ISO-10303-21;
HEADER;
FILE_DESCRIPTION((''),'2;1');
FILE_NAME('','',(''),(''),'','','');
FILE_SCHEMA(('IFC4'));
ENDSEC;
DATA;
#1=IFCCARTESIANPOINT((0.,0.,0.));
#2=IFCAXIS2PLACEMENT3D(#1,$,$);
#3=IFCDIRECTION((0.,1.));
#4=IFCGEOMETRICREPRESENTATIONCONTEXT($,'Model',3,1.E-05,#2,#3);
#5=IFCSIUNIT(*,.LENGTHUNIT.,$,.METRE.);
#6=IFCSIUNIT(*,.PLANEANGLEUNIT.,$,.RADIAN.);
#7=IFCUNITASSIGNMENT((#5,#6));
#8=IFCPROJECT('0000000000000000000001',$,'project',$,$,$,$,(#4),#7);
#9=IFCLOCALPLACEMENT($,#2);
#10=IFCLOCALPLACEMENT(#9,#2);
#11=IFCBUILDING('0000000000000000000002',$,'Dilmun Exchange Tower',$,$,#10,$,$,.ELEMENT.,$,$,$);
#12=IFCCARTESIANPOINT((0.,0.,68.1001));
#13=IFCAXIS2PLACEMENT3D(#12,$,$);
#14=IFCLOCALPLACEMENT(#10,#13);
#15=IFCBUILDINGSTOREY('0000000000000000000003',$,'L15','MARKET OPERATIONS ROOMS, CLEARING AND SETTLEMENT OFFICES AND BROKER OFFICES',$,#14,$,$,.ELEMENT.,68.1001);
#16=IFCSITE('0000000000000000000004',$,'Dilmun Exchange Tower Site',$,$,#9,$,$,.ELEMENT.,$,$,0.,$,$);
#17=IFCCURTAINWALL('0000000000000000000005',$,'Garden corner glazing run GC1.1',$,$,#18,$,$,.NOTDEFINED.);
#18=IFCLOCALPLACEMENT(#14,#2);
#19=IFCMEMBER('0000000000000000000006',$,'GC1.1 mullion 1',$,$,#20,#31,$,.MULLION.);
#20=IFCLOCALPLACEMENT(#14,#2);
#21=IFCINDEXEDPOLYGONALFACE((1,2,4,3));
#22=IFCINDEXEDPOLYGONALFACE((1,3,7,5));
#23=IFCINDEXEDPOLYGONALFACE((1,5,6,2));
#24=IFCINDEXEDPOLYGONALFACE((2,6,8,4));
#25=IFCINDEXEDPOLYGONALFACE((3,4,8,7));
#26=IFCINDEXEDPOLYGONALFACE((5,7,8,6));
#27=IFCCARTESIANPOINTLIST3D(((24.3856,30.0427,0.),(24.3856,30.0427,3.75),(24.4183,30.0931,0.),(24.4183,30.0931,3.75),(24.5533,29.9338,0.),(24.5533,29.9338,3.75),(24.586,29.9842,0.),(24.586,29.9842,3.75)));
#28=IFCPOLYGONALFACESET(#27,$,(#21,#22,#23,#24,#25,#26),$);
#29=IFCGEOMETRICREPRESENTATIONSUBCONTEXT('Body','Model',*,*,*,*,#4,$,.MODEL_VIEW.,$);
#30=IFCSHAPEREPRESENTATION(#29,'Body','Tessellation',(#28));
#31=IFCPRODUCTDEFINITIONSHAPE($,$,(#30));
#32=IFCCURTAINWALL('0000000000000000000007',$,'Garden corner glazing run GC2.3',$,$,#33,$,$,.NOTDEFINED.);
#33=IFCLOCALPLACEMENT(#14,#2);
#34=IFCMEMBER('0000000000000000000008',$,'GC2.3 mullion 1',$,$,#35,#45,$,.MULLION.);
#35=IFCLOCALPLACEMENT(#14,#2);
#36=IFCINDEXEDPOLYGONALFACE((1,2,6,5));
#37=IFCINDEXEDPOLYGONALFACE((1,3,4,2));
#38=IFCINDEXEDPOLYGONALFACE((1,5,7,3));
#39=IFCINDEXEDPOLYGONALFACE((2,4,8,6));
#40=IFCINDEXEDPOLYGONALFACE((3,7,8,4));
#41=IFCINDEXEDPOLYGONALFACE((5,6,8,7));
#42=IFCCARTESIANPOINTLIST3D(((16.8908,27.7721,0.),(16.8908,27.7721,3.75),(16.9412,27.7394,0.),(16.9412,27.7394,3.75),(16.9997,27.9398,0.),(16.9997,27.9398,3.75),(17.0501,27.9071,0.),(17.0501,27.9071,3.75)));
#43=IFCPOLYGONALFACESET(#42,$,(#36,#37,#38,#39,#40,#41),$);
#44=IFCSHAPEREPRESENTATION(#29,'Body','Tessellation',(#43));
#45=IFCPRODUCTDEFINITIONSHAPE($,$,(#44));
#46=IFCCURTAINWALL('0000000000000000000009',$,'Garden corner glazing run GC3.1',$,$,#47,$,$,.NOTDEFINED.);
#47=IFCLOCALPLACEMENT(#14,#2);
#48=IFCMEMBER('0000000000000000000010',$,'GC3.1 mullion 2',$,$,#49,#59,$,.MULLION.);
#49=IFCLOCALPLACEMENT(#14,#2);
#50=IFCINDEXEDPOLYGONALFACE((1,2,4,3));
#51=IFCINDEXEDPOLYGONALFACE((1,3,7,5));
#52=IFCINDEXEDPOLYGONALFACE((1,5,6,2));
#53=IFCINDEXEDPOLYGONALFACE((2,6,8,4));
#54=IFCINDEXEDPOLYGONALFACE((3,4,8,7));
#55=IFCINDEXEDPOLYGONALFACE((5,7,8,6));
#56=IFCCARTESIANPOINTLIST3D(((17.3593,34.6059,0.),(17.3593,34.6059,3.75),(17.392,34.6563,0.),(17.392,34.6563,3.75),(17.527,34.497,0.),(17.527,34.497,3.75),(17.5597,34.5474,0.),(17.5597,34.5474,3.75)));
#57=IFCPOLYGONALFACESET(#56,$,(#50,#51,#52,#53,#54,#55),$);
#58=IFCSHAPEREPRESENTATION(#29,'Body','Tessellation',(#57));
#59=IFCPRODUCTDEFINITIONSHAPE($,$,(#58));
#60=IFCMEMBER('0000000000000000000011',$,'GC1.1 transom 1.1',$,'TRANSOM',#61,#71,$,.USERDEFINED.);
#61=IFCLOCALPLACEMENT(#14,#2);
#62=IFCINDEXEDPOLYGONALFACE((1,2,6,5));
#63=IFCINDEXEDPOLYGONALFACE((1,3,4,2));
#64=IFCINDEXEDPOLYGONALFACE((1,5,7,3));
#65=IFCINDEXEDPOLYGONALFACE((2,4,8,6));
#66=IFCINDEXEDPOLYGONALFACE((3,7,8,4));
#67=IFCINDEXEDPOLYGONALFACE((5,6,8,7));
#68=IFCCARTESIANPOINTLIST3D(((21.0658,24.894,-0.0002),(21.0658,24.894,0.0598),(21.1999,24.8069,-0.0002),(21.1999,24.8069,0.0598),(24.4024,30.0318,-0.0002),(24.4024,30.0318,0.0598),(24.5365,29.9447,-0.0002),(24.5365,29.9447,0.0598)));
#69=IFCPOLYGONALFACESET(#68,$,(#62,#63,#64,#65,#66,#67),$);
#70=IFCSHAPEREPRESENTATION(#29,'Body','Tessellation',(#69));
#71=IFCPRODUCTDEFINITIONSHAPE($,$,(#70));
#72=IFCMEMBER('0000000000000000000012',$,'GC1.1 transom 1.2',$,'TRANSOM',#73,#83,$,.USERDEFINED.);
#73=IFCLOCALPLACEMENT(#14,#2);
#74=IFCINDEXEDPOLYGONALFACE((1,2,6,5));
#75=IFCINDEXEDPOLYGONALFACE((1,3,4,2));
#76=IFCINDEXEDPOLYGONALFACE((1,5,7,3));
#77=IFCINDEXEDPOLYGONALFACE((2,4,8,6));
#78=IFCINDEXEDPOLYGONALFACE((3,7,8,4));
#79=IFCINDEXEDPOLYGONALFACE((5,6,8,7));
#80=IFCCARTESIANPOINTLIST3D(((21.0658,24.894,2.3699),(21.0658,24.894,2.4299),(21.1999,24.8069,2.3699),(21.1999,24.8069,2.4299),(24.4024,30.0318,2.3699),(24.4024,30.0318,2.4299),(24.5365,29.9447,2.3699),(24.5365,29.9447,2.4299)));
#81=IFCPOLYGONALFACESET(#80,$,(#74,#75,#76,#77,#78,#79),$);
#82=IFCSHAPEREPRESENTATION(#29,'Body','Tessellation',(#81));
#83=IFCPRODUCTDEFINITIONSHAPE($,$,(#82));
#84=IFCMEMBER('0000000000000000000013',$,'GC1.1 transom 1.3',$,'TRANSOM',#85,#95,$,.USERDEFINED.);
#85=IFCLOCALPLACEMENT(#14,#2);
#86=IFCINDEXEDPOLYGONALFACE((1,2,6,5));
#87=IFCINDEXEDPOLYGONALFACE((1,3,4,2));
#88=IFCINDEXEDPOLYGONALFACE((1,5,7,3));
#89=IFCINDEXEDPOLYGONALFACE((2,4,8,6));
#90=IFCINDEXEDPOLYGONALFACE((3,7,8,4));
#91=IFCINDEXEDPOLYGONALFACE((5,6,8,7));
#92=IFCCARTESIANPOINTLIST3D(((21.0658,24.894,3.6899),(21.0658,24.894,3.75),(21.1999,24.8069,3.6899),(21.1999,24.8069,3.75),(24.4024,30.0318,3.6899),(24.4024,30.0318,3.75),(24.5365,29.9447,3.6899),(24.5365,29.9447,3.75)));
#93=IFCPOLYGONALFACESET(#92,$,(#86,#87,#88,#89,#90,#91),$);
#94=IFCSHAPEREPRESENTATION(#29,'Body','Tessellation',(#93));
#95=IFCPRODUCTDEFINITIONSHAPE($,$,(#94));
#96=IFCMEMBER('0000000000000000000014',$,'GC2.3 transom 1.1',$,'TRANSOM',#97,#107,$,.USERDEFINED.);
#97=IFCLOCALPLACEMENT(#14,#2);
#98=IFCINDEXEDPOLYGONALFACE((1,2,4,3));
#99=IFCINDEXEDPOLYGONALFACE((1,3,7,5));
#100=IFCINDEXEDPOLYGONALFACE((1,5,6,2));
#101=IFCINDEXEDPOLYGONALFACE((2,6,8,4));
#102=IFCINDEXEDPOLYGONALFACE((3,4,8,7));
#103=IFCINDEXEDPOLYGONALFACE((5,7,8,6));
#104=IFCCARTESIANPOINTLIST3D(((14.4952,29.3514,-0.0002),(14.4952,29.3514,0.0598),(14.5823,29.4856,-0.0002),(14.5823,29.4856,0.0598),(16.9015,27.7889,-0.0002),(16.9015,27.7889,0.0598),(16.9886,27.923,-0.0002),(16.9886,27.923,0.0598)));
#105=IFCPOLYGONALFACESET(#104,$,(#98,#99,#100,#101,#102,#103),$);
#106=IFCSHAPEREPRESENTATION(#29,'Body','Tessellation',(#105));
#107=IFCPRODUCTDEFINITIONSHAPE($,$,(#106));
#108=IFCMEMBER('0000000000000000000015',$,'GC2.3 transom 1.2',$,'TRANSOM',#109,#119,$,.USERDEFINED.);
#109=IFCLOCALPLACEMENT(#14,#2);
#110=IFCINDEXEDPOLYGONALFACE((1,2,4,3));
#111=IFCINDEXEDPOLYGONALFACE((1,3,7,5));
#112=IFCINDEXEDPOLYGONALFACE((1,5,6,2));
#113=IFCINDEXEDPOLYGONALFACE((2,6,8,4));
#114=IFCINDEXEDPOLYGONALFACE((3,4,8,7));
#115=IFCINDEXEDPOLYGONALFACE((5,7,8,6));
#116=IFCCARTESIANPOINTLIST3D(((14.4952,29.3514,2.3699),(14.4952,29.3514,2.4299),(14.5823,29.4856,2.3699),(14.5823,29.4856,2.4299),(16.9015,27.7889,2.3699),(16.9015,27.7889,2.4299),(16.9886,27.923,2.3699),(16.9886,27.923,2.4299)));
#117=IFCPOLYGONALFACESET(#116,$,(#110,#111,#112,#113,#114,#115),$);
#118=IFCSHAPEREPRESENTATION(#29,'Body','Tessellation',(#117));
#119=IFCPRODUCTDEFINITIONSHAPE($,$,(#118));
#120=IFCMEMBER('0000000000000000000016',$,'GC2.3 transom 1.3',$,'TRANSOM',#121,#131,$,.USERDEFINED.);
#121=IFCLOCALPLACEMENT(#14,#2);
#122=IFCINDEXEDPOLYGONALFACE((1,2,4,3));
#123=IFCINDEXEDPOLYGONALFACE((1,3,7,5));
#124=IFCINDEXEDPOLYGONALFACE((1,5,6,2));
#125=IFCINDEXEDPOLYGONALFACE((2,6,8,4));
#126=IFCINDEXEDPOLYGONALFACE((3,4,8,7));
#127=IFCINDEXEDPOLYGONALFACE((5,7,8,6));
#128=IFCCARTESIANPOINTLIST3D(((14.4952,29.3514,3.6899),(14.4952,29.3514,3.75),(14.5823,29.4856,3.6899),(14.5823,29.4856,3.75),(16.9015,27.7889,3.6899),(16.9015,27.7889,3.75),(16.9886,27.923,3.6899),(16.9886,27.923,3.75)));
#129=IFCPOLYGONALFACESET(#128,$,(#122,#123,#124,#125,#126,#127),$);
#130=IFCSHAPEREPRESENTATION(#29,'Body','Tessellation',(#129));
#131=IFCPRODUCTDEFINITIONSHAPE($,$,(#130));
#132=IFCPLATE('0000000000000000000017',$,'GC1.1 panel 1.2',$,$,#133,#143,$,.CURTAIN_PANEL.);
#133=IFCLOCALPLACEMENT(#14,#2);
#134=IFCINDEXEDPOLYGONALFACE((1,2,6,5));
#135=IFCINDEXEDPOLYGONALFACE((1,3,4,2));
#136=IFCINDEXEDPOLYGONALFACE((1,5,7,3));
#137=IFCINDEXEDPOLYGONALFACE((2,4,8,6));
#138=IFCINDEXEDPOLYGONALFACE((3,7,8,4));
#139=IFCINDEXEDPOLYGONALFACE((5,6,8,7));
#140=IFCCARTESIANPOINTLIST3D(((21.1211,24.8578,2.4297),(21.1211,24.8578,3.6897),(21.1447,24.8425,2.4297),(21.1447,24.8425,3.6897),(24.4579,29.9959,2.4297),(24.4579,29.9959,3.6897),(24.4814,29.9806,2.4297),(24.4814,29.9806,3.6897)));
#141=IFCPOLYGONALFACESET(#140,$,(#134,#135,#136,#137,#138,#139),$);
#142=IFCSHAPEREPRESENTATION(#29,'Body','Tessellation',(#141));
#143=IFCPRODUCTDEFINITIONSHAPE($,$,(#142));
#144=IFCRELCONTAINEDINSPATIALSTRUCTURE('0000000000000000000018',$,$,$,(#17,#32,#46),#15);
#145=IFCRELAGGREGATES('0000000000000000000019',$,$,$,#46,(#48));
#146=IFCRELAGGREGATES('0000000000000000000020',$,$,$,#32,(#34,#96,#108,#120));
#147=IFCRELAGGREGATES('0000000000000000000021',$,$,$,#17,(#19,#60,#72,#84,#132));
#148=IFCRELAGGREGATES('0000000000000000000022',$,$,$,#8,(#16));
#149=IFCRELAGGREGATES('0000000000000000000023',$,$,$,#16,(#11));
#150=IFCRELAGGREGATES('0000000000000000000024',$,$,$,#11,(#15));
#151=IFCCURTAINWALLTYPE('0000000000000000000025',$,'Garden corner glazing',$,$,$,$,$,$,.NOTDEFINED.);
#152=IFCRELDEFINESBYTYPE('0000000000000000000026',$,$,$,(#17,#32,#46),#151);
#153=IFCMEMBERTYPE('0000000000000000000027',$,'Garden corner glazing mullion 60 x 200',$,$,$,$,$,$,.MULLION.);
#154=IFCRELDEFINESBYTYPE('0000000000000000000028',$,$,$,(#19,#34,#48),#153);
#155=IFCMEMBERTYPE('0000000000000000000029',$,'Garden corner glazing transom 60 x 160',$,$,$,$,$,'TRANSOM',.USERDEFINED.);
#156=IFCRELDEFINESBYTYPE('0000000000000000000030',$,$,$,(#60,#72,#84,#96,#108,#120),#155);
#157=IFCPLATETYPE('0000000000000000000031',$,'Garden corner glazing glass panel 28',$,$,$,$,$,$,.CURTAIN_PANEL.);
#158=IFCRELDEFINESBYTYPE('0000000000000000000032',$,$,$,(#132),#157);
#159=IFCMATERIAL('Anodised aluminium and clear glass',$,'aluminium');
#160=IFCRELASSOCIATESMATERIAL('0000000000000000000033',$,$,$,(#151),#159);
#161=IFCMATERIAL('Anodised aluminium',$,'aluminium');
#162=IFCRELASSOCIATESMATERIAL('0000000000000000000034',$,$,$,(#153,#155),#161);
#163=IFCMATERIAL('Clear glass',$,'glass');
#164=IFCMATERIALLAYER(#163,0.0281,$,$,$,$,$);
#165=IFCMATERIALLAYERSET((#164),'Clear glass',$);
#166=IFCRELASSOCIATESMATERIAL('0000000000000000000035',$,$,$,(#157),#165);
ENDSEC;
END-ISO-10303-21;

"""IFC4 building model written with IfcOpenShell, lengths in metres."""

from ifc_helpers import new_model, si_unit, direction, frame, origin, origin_2d, place, context, subcontext, project, spatial, rectangle, extrude, material, layer, layer_set, material_profile, profile_set, type_object, element, aggregate, save


model = new_model("IFC4")

# Units and contexts
model_context = context("Model", 3, precision=1e-05, world=origin(), true_north=direction((0.0, 1.0)))
body_context = subcontext(model_context, "Body", "Model", "MODEL_VIEW")
ifc_project = project(units=[si_unit("LENGTHUNIT", "METRE"), si_unit("PLANEANGLEUNIT", "RADIAN")], contexts=[model_context])

# Site, building, storey
site_placement = place(None, origin())
site = spatial("IfcSite", under=ifc_project, at=site_placement, Name="Dilmun Exchange Tower Site", CompositionType="ELEMENT", RefElevation=0.0)
building_placement = place(site_placement, origin())
building = spatial("IfcBuilding", under=site, at=building_placement, Name="Dilmun Exchange Tower", CompositionType="ELEMENT")
storey_placement = place(building_placement, frame((0.0, 0.0, 68.1001)))
storey = spatial("IfcBuildingStorey", under=building, at=storey_placement, Name="L15", Description="MARKET OPERATIONS ROOMS, CLEARING AND SETTLEMENT OFFICES AND BROKER OFFICES", CompositionType="ELEMENT", Elevation=68.1001)

# Curtain walls, members
ifc_material_1 = material(Name="Anodised aluminium and clear glass", Category="aluminium")
curtain_wall_type = type_object("IfcCurtainWallType", Name="Garden corner glazing", PredefinedType="NOTDEFINED", material=ifc_material_1)
curtain_wall_1_placement = place(storey_placement, origin())
curtain_wall_1 = element("IfcCurtainWall", 1, at=curtain_wall_1_placement, inside=storey, type_object=curtain_wall_type, Name="Garden corner glazing run GC1.1", PredefinedType="NOTDEFINED")
ifc_material_2 = material(Name="Anodised aluminium", Category="aluminium")
ifc_material_profile_1 = material_profile(ifc_material_2, rectangle(XDim=0.2, YDim=0.0601, at=origin_2d()), Name="AL 60x200")
ifc_profile_set_1 = profile_set([ifc_material_profile_1], Name="Anodised aluminium")
member_type_1 = type_object("IfcMemberType", Name="Garden corner glazing mullion 60 x 200", PredefinedType="MULLION", material=ifc_profile_set_1)
member_1_placement = place(storey_placement, frame((24.4858, 30.0134, 0.0), z_axis=(0.0, 0.0, 1.0), x_axis=(0.838667, -0.544644, 0.0)))
member_1 = element("IfcMember", 2, at=member_1_placement, type_object=member_type_1, Name="GC1.1 mullion 1", PredefinedType="MULLION", context=body_context, shape_type="SweptSolid", body=[
    extrude(rectangle(XDim=0.2, YDim=0.0601, at=origin_2d()), origin(), (0.0, 0.0, 1.0), 3.75),
])
curtain_wall_2_placement = place(storey_placement, origin())
curtain_wall_2 = element("IfcCurtainWall", 3, at=curtain_wall_2_placement, inside=storey, type_object=curtain_wall_type, Name="Garden corner glazing run GC2.3", PredefinedType="NOTDEFINED")
member_2_placement = place(storey_placement, frame((16.9705, 27.8396, 0.0), z_axis=(0.0, 0.0, 1.0), x_axis=(-0.544639, -0.838671, 0.0)))
member_2 = element("IfcMember", 4, at=member_2_placement, type_object=member_type_1, Name="GC2.3 mullion 1", PredefinedType="MULLION", context=body_context, shape_type="SweptSolid", body=[
    extrude(rectangle(XDim=0.2, YDim=0.0601, at=origin_2d()), origin(), (0.0, 0.0, 1.0), 3.75),
])
curtain_wall_3_placement = place(storey_placement, origin())
curtain_wall_3 = element("IfcCurtainWall", 5, at=curtain_wall_3_placement, inside=storey, type_object=curtain_wall_type, Name="Garden corner glazing run GC3.1", PredefinedType="NOTDEFINED")
member_3_placement = place(storey_placement, frame((17.4595, 34.5767, 0.0), z_axis=(0.0, 0.0, 1.0), x_axis=(-0.838672, 0.544637, 0.0)))
member_3 = element("IfcMember", 6, at=member_3_placement, type_object=member_type_1, Name="GC3.1 mullion 2", PredefinedType="MULLION", context=body_context, shape_type="SweptSolid", body=[
    extrude(rectangle(XDim=0.2, YDim=0.0601, at=origin_2d()), origin(), (0.0, 0.0, 1.0), 3.75),
])
aggregate(curtain_wall_3, [member_3])

# Members
ifc_material_profile_2 = material_profile(ifc_material_2, rectangle(XDim=0.1599, YDim=0.0601, at=origin_2d()), Name="AL 60x160")
ifc_profile_set_2 = profile_set([ifc_material_profile_2], Name="Anodised aluminium")
member_type_2 = type_object("IfcMemberType", Name="Garden corner glazing transom 60 x 160", ElementType="TRANSOM", PredefinedType="USERDEFINED", material=ifc_profile_set_2)
member_4_placement = place(storey_placement, frame((24.4695, 29.9883, 0.0298), z_axis=(-0.544645, -0.838667, 0.0), x_axis=(0.838667, -0.544645, 0.0)))
member_4 = element("IfcMember", 7, at=member_4_placement, type_object=member_type_2, Name="GC1.1 transom 1.1", ObjectType="TRANSOM", PredefinedType="USERDEFINED", context=body_context, shape_type="SweptSolid", body=[
    extrude(rectangle(XDim=0.1599, YDim=0.0601, at=origin_2d()), origin(), (0.0, 0.0, 1.0), 6.1262),
])
member_5_placement = place(storey_placement, frame((24.4695, 29.9883, 2.3999), z_axis=(-0.544645, -0.838667, 0.0), x_axis=(0.838667, -0.544645, 0.0)))
member_5 = element("IfcMember", 8, at=member_5_placement, type_object=member_type_2, Name="GC1.1 transom 1.2", ObjectType="TRANSOM", PredefinedType="USERDEFINED", context=body_context, shape_type="SweptSolid", body=[
    extrude(rectangle(XDim=0.1599, YDim=0.0601, at=origin_2d()), origin(), (0.0, 0.0, 1.0), 6.1262),
])
member_6_placement = place(storey_placement, frame((24.4695, 29.9883, 3.72), z_axis=(-0.544645, -0.838667, 0.0), x_axis=(0.838667, -0.544645, 0.0)))
member_6 = element("IfcMember", 9, at=member_6_placement, type_object=member_type_2, Name="GC1.1 transom 1.3", ObjectType="TRANSOM", PredefinedType="USERDEFINED", context=body_context, shape_type="SweptSolid", body=[
    extrude(rectangle(XDim=0.1599, YDim=0.0601, at=origin_2d()), origin(), (0.0, 0.0, 1.0), 6.1262),
])
member_7_placement = place(storey_placement, frame((16.9451, 27.856, 0.0298), z_axis=(-0.838692, 0.544605, 0.0), x_axis=(-0.544605, -0.838692, 0.0)))
member_7 = element("IfcMember", 10, at=member_7_placement, type_object=member_type_2, Name="GC2.3 transom 1.1", ObjectType="TRANSOM", PredefinedType="USERDEFINED", context=body_context, shape_type="SweptSolid", body=[
    extrude(rectangle(XDim=0.1599, YDim=0.0601, at=origin_2d()), origin(), (0.0, 0.0, 1.0), 2.8691),
])
member_8_placement = place(storey_placement, frame((16.9451, 27.856, 2.3999), z_axis=(-0.838692, 0.544605, 0.0), x_axis=(-0.544605, -0.838692, 0.0)))
member_8 = element("IfcMember", 11, at=member_8_placement, type_object=member_type_2, Name="GC2.3 transom 1.2", ObjectType="TRANSOM", PredefinedType="USERDEFINED", context=body_context, shape_type="SweptSolid", body=[
    extrude(rectangle(XDim=0.1599, YDim=0.0601, at=origin_2d()), origin(), (0.0, 0.0, 1.0), 2.8691),
])
member_9_placement = place(storey_placement, frame((16.9451, 27.856, 3.72), z_axis=(-0.838692, 0.544605, 0.0), x_axis=(-0.544605, -0.838692, 0.0)))
member_9 = element("IfcMember", 12, at=member_9_placement, type_object=member_type_2, Name="GC2.3 transom 1.3", ObjectType="TRANSOM", PredefinedType="USERDEFINED", context=body_context, shape_type="SweptSolid", body=[
    extrude(rectangle(XDim=0.1599, YDim=0.0601, at=origin_2d()), origin(), (0.0, 0.0, 1.0), 2.8691),
])
aggregate(curtain_wall_2, [member_2, member_7, member_8, member_9])

# Plate
ifc_material_3 = material(Name="Clear glass", Category="glass")
ifc_layer_1 = layer(ifc_material_3, 0.0281)
ifc_layer_set_1 = layer_set([ifc_layer_1], Name="Clear glass")
plate_type = type_object("IfcPlateType", Name="Garden corner glazing glass panel 28", PredefinedType="CURTAIN_PANEL", material=ifc_layer_set_1)
plate_placement = place(storey_placement, frame((22.8013, 27.4192, 2.4297), z_axis=(0.0, 0.0, 1.0), x_axis=(-0.544644, -0.838667, 0.0)))
plate = element("IfcPlate", 13, at=plate_placement, type_object=plate_type, Name="GC1.1 panel 1.2", PredefinedType="CURTAIN_PANEL", context=body_context, shape_type="SweptSolid", body=[
    extrude(rectangle(XDim=6.1265, YDim=0.0281, at=origin_2d()), origin(), (0.0, 0.0, 1.0), 1.26),
])
aggregate(curtain_wall_1, [member_1, member_4, member_5, member_6, plate])

save(model, "model.ifc")
